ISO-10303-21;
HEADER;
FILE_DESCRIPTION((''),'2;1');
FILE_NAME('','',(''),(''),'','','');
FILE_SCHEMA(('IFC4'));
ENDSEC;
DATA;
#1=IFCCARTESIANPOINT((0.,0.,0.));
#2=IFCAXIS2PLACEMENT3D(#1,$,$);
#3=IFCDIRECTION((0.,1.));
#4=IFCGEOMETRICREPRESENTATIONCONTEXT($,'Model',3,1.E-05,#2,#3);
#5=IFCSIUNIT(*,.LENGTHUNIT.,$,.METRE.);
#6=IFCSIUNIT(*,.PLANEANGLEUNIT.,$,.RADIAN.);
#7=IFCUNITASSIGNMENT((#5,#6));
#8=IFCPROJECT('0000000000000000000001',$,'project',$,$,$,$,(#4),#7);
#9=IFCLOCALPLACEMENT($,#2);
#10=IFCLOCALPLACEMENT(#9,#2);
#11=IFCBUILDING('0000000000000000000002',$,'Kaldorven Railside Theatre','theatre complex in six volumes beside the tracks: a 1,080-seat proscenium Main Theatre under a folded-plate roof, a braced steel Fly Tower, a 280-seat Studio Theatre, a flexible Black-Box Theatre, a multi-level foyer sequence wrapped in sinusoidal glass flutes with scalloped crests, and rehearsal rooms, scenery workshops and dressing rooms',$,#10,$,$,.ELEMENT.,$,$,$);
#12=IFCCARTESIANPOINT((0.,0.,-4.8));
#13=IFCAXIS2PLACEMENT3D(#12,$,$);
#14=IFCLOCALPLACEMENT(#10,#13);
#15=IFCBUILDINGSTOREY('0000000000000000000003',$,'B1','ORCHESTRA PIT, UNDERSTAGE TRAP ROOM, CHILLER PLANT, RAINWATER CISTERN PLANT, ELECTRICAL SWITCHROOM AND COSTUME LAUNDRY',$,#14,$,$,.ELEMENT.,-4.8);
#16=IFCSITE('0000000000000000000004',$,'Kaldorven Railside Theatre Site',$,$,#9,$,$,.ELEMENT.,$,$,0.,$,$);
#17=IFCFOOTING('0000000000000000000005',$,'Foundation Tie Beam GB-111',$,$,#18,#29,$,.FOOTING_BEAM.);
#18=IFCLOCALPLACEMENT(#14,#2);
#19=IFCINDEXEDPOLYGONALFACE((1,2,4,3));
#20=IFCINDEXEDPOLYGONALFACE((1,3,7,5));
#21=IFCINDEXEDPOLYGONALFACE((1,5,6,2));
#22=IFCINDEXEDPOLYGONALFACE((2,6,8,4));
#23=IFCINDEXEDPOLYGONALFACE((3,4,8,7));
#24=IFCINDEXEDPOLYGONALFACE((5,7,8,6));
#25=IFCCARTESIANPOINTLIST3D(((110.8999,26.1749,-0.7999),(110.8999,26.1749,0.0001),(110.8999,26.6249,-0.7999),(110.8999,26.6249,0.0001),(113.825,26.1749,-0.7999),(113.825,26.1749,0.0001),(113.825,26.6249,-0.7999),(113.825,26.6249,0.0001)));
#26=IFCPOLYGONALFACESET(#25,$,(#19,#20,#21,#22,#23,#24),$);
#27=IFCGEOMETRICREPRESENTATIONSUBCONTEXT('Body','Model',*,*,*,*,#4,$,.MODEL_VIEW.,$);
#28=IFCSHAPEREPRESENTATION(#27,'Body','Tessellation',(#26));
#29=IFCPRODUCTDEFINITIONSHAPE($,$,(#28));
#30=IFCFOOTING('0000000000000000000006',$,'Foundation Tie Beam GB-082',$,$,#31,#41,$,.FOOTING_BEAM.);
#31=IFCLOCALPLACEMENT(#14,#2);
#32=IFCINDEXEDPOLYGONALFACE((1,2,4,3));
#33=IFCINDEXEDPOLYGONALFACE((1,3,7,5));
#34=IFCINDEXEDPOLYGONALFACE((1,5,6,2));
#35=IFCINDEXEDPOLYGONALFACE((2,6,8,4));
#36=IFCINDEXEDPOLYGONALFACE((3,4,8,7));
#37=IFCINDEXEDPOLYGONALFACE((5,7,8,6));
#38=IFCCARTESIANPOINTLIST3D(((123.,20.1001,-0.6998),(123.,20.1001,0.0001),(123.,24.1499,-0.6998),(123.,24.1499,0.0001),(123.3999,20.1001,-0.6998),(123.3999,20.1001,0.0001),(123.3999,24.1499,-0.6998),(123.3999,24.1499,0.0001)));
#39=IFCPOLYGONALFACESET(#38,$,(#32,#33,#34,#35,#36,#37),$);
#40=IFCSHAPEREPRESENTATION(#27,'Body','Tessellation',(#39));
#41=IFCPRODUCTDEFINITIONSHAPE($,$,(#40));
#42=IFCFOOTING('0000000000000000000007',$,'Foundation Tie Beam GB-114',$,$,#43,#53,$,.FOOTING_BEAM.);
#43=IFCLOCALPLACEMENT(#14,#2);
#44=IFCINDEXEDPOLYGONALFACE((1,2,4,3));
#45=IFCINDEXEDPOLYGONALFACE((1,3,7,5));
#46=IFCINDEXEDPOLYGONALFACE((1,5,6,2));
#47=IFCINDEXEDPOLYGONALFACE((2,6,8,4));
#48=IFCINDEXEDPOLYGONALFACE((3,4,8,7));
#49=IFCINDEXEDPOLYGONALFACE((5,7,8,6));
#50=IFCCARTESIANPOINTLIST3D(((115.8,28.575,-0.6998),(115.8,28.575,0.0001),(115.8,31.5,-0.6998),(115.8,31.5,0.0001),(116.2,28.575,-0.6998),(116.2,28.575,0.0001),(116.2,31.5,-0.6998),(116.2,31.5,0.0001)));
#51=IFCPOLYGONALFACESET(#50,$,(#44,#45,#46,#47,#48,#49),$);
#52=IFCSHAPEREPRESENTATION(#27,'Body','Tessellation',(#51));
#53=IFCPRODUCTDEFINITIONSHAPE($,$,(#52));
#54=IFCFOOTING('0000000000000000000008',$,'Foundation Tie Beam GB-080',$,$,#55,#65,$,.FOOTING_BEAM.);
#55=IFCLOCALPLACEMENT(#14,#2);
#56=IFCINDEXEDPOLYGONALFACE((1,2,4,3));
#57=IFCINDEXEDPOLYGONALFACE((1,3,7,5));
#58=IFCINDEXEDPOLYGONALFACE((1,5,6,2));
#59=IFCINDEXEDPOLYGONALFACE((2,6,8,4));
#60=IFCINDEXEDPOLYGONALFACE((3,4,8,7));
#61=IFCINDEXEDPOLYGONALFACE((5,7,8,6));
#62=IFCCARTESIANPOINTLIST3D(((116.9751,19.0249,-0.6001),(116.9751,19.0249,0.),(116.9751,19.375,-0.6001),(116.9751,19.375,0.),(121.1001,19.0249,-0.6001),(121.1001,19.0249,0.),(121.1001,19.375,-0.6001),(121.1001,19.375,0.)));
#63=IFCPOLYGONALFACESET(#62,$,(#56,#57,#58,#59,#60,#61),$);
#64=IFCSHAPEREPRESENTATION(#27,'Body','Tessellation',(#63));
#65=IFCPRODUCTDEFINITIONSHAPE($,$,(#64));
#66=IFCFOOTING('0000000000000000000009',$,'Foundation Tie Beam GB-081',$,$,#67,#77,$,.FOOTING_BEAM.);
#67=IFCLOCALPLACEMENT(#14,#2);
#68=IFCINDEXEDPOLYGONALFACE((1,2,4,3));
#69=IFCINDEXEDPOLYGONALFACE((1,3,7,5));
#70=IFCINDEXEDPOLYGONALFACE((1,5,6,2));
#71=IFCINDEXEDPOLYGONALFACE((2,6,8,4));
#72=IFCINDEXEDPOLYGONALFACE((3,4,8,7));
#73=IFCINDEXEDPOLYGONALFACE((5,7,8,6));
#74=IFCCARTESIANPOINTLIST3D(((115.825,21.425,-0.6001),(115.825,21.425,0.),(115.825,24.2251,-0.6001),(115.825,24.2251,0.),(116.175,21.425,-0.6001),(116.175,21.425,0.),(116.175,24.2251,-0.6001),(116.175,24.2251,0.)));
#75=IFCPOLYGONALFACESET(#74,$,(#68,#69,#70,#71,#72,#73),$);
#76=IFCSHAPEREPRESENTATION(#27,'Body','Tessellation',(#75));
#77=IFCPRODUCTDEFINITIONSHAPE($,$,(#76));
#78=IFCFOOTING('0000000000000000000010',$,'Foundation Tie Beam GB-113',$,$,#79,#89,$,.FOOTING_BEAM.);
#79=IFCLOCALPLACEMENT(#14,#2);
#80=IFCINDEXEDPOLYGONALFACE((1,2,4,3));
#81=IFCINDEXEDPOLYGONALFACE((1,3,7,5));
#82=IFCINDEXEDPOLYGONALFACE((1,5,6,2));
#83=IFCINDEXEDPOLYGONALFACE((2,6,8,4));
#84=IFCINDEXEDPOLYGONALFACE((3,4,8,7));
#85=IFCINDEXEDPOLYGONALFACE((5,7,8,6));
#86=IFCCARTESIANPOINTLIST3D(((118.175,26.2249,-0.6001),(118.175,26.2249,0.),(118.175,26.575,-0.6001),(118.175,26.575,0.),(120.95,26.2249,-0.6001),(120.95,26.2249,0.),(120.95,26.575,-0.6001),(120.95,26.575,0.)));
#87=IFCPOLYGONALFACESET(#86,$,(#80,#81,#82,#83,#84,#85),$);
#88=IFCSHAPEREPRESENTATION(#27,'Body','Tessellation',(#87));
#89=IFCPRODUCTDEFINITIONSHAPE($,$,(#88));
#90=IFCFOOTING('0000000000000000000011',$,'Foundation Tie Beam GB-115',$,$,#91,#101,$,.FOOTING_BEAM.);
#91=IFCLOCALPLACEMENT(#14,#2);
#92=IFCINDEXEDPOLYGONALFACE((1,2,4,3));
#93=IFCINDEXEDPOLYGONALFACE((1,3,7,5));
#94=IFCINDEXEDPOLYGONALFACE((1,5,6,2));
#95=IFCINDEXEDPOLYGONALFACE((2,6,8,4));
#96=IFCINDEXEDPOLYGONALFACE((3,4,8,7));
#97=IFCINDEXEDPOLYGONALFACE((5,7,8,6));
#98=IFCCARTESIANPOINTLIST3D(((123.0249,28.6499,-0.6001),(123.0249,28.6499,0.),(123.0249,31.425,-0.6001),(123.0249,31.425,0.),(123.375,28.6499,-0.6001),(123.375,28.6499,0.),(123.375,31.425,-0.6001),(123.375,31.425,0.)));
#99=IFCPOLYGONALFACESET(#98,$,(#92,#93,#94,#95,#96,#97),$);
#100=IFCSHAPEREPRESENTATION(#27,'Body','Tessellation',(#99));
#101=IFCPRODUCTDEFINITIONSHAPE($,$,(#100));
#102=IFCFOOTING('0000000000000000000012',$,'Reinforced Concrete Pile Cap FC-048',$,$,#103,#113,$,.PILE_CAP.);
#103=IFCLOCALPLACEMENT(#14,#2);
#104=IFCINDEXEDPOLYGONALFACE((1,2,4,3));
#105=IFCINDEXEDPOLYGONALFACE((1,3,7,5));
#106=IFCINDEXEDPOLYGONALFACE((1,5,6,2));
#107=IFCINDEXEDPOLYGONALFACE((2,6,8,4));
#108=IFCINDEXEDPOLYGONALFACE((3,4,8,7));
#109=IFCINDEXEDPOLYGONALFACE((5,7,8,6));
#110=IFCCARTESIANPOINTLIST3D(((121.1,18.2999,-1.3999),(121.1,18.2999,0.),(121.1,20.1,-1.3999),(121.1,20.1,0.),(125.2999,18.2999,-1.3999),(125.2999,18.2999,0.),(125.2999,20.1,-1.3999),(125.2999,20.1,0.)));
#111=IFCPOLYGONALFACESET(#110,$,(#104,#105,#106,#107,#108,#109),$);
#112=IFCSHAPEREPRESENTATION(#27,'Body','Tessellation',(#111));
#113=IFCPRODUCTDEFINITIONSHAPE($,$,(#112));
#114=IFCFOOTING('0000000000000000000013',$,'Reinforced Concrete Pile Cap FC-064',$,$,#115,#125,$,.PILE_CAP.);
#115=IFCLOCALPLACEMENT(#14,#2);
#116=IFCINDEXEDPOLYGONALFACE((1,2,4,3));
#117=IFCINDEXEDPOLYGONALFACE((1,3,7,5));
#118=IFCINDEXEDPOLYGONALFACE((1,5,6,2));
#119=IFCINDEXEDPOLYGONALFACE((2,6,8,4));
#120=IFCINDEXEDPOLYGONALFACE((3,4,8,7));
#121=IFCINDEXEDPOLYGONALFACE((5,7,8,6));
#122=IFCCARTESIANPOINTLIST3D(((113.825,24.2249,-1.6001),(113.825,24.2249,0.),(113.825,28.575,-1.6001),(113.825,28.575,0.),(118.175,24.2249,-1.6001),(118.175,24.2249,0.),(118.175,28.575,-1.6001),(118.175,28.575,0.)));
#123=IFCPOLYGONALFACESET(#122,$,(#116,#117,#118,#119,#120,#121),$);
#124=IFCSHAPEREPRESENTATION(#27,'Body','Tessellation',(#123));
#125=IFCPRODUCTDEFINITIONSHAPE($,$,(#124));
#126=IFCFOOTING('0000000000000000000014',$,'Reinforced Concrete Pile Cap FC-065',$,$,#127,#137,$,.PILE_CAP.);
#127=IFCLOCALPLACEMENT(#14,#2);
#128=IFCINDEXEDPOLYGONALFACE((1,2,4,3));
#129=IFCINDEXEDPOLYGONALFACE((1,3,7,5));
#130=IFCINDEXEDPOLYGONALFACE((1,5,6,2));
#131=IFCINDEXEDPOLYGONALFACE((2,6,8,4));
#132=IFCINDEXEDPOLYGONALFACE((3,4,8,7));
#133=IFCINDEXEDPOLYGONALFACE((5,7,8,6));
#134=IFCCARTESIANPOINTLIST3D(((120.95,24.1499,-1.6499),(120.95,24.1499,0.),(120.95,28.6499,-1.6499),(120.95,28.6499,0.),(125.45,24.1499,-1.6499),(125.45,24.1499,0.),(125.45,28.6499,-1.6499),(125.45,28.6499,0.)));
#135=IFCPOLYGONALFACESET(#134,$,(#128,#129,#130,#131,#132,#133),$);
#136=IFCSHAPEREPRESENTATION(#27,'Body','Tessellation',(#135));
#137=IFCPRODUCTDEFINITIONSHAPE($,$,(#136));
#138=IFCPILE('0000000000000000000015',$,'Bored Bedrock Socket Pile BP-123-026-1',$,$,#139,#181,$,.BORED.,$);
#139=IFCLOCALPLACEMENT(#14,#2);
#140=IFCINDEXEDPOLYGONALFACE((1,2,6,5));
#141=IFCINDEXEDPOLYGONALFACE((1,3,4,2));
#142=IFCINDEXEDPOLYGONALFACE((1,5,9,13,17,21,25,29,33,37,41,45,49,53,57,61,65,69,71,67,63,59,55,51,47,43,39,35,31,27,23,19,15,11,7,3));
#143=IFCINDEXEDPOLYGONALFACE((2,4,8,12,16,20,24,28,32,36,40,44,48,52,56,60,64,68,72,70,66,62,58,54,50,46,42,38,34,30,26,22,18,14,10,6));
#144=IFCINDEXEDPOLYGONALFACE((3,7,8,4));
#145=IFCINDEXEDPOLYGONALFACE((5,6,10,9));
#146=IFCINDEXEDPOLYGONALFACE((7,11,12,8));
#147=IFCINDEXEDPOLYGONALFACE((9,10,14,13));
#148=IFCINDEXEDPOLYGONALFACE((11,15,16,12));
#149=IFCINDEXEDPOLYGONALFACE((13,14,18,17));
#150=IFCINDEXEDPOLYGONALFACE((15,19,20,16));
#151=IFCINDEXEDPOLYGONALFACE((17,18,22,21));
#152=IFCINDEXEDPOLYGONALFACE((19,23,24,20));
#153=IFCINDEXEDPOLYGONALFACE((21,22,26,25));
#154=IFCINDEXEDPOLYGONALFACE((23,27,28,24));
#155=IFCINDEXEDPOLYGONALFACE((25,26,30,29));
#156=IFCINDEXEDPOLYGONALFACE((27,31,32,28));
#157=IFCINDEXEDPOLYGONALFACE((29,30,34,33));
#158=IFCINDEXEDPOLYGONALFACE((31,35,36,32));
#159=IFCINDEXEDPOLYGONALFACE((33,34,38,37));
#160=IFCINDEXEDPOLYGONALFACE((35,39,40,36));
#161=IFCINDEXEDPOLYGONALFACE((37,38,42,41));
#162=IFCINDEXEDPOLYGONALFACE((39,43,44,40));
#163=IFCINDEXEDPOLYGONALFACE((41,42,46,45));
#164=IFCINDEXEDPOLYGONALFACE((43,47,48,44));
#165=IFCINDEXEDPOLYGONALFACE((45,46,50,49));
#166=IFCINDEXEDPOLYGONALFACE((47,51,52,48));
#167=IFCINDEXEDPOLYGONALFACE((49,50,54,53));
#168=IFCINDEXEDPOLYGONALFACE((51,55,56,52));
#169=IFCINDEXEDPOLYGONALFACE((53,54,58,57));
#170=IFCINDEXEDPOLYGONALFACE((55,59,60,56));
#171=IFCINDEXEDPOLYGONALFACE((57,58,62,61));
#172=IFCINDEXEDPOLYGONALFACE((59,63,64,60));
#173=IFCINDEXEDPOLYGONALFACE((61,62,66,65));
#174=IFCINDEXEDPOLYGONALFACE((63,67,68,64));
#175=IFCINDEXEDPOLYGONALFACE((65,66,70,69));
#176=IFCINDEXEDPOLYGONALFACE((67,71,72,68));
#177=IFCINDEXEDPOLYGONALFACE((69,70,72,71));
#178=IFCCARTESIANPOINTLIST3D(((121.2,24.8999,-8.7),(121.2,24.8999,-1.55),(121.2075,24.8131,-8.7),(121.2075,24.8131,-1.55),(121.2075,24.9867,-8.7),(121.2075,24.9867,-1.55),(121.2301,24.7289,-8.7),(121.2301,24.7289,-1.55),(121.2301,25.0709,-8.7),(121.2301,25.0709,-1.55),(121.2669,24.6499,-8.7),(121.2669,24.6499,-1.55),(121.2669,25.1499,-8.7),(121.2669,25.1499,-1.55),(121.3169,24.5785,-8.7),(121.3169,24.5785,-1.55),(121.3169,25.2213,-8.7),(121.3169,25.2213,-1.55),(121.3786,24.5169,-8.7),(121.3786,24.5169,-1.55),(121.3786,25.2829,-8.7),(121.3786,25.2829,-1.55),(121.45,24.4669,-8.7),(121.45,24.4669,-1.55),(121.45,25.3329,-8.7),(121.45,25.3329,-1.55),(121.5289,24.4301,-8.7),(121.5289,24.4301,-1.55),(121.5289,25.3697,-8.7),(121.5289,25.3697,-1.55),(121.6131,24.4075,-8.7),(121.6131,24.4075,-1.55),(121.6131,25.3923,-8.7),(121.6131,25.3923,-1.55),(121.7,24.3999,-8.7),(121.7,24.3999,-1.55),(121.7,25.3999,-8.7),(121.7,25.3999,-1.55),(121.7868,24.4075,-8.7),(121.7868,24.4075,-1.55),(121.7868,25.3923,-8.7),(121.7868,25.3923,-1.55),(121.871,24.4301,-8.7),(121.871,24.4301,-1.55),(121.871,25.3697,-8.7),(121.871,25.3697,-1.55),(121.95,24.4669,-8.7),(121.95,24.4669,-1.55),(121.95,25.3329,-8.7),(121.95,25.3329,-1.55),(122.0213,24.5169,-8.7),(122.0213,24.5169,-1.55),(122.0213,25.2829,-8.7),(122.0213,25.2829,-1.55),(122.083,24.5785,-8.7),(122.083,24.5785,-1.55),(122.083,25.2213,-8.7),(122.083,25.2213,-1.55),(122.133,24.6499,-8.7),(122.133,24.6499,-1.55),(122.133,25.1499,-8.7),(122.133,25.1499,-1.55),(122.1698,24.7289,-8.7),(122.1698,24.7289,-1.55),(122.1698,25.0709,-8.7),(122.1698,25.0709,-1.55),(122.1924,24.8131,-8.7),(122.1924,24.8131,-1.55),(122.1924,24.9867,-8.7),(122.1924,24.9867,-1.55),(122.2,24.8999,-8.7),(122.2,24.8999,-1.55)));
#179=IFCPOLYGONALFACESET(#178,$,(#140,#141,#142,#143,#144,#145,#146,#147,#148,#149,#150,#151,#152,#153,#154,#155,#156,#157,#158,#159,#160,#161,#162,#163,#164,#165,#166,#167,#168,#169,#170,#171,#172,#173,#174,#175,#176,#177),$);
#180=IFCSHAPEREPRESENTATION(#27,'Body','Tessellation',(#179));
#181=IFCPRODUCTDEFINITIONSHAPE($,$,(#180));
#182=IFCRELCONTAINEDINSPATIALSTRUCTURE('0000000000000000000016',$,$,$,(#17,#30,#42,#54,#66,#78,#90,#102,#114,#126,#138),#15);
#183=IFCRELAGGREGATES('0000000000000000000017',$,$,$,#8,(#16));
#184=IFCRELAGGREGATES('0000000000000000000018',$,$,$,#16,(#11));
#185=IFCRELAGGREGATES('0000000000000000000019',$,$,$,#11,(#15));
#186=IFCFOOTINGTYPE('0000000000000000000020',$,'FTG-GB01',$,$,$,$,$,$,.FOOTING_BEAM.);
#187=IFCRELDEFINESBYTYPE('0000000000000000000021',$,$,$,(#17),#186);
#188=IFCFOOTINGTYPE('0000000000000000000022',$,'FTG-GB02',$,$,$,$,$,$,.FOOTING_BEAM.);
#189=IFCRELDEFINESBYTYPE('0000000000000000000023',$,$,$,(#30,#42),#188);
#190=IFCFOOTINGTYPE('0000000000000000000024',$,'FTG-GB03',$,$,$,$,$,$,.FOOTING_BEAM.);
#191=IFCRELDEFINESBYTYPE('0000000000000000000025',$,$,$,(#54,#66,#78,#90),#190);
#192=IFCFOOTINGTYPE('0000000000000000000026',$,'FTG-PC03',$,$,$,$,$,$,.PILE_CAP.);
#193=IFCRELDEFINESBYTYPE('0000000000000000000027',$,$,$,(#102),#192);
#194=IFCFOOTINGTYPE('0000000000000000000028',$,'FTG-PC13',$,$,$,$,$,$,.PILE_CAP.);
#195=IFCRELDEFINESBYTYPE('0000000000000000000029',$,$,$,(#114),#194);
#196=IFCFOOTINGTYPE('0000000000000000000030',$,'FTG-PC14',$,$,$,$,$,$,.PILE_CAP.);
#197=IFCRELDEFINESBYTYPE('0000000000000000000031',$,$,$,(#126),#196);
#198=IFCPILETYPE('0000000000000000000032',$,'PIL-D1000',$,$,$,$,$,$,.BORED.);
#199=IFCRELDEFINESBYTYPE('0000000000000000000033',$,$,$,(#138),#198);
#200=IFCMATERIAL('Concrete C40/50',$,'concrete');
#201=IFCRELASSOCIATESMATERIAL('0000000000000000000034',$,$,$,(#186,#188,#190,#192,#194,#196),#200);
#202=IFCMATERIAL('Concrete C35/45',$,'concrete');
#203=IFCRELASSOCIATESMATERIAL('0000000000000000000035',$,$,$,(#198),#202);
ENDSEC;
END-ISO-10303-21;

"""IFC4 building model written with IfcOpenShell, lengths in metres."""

from ifc_helpers import new_model, si_unit, direction, frame, origin, origin_2d, place, context, subcontext, project, spatial, rectangle, circle, extrude, material, material_profile, profile_set, type_object, element, save


model = new_model("IFC4")

# Units and contexts
model_context = context("Model", 3, precision=1e-05, world=origin(), true_north=direction((0.0, 1.0)))
body_context = subcontext(model_context, "Body", "Model", "MODEL_VIEW")
ifc_project = project(units=[si_unit("LENGTHUNIT", "METRE"), si_unit("PLANEANGLEUNIT", "RADIAN")], contexts=[model_context])

# Site, building, storey
site_placement = place(None, origin())
site = spatial("IfcSite", under=ifc_project, at=site_placement, Name="Kaldorven Railside Theatre Site", CompositionType="ELEMENT", RefElevation=0.0)
building_placement = place(site_placement, origin())
building = spatial("IfcBuilding", under=site, at=building_placement, Name="Kaldorven Railside Theatre", Description="theatre complex in six volumes beside the tracks: a 1,080-seat proscenium Main Theatre under a folded-plate roof, a braced steel Fly Tower, a 280-seat Studio Theatre, a flexible Black-Box Theatre, a multi-level foyer sequence wrapped in sinusoidal glass flutes with scalloped crests, and rehearsal rooms, scenery workshops and dressing rooms", CompositionType="ELEMENT")
storey_placement = place(building_placement, frame((0.0, 0.0, -4.8)))
storey = spatial("IfcBuildingStorey", under=building, at=storey_placement, Name="B1", Description="ORCHESTRA PIT, UNDERSTAGE TRAP ROOM, CHILLER PLANT, RAINWATER CISTERN PLANT, ELECTRICAL SWITCHROOM AND COSTUME LAUNDRY", CompositionType="ELEMENT", Elevation=-4.8)

# Footings
ifc_material_1 = material(Name="Concrete C40/50", Category="concrete")
ifc_material_profile_1 = material_profile(ifc_material_1, rectangle(XDim=0.45, YDim=0.8, at=origin_2d()), Name="RC 450x800")
ifc_profile_set_1 = profile_set([ifc_material_profile_1], Name="Concrete C40/50")
footing_type_1 = type_object("IfcFootingType", Name="FTG-GB01", PredefinedType="FOOTING_BEAM", material=ifc_profile_set_1)
footing_1_placement = place(storey_placement, frame((110.8999, 26.3999, -0.3999), z_axis=(1.0, 0.0, 0.0), x_axis=(0.0, 1.0, 0.0)))
element("IfcFooting", 1, at=footing_1_placement, inside=storey, type_object=footing_type_1, Name="Foundation Tie Beam GB-111", PredefinedType="FOOTING_BEAM", context=body_context, shape_type="SweptSolid", body=[
    extrude(rectangle(XDim=0.45, YDim=0.8, at=origin_2d()), origin(), (0.0, 0.0, 1.0), 2.925),
])
ifc_material_profile_2 = material_profile(ifc_material_1, rectangle(XDim=0.3999, YDim=0.7, at=origin_2d()), Name="RC 400x700")
ifc_profile_set_2 = profile_set([ifc_material_profile_2], Name="Concrete C40/50")
footing_type_2 = type_object("IfcFootingType", Name="FTG-GB02", PredefinedType="FOOTING_BEAM", material=ifc_profile_set_2)
footing_2_placement = place(storey_placement, frame((123.2, 20.1001, -0.3499), z_axis=(0.0, 1.0, 0.0), x_axis=(-1.0, 0.0, 0.0)))
element("IfcFooting", 2, at=footing_2_placement, inside=storey, type_object=footing_type_2, Name="Foundation Tie Beam GB-082", PredefinedType="FOOTING_BEAM", context=body_context, shape_type="SweptSolid", body=[
    extrude(rectangle(XDim=0.3999, YDim=0.7, at=origin_2d()), origin(), (0.0, 0.0, 1.0), 4.0498),
])
footing_3_placement = place(storey_placement, frame((116.0, 28.575, -0.3499), z_axis=(0.0, 1.0, 0.0), x_axis=(-1.0, 0.0, 0.0)))
element("IfcFooting", 3, at=footing_3_placement, inside=storey, type_object=footing_type_2, Name="Foundation Tie Beam GB-114", PredefinedType="FOOTING_BEAM", context=body_context, shape_type="SweptSolid", body=[
    extrude(rectangle(XDim=0.3999, YDim=0.7, at=origin_2d()), origin(), (0.0, 0.0, 1.0), 2.925),
])
ifc_material_profile_3 = material_profile(ifc_material_1, rectangle(XDim=0.3501, YDim=0.6001, at=origin_2d()), Name="RC 350x600")
ifc_profile_set_3 = profile_set([ifc_material_profile_3], Name="Concrete C40/50")
footing_type_3 = type_object("IfcFootingType", Name="FTG-GB03", PredefinedType="FOOTING_BEAM", material=ifc_profile_set_3)
footing_4_placement = place(storey_placement, frame((116.9751, 19.2, -0.3), z_axis=(1.0, 0.0, 0.0), x_axis=(0.0, 1.0, 0.0)))
element("IfcFooting", 4, at=footing_4_placement, inside=storey, type_object=footing_type_3, Name="Foundation Tie Beam GB-080", PredefinedType="FOOTING_BEAM", context=body_context, shape_type="SweptSolid", body=[
    extrude(rectangle(XDim=0.3501, YDim=0.6001, at=origin_2d()), origin(), (0.0, 0.0, 1.0), 4.125),
])
footing_5_placement = place(storey_placement, frame((116.0, 21.425, -0.3), z_axis=(0.0, 1.0, 0.0), x_axis=(-1.0, 0.0, 0.0)))
element("IfcFooting", 5, at=footing_5_placement, inside=storey, type_object=footing_type_3, Name="Foundation Tie Beam GB-081", PredefinedType="FOOTING_BEAM", context=body_context, shape_type="SweptSolid", body=[
    extrude(rectangle(XDim=0.3501, YDim=0.6001, at=origin_2d()), origin(), (0.0, 0.0, 1.0), 2.8),
])
footing_6_placement = place(storey_placement, frame((118.175, 26.3999, -0.3), z_axis=(1.0, 0.0, 0.0), x_axis=(0.0, 1.0, 0.0)))
element("IfcFooting", 6, at=footing_6_placement, inside=storey, type_object=footing_type_3, Name="Foundation Tie Beam GB-113", PredefinedType="FOOTING_BEAM", context=body_context, shape_type="SweptSolid", body=[
    extrude(rectangle(XDim=0.3501, YDim=0.6001, at=origin_2d()), origin(), (0.0, 0.0, 1.0), 2.7749),
])
footing_7_placement = place(storey_placement, frame((123.2, 28.6499, -0.3), z_axis=(0.0, 1.0, 0.0), x_axis=(-1.0, 0.0, 0.0)))
element("IfcFooting", 7, at=footing_7_placement, inside=storey, type_object=footing_type_3, Name="Foundation Tie Beam GB-115", PredefinedType="FOOTING_BEAM", context=body_context, shape_type="SweptSolid", body=[
    extrude(rectangle(XDim=0.3501, YDim=0.6001, at=origin_2d()), origin(), (0.0, 0.0, 1.0), 2.7751),
])
footing_type_4 = type_object("IfcFootingType", Name="FTG-PC03", PredefinedType="PILE_CAP", material=ifc_material_1)
footing_8_placement = place(storey_placement, frame((123.2, 19.2, -1.3999), z_axis=(0.0, 0.0, 1.0), x_axis=(1.0, 0.0, 0.0)))
element("IfcFooting", 8, at=footing_8_placement, inside=storey, type_object=footing_type_4, Name="Reinforced Concrete Pile Cap FC-048", PredefinedType="PILE_CAP", context=body_context, shape_type="SweptSolid", body=[
    extrude(rectangle(XDim=4.2, YDim=1.8, at=origin_2d()), origin(), (0.0, 0.0, 1.0), 1.3999),
])
footing_type_5 = type_object("IfcFootingType", Name="FTG-PC13", PredefinedType="PILE_CAP", material=ifc_material_1)
footing_9_placement = place(storey_placement, frame((116.0, 26.3999, -1.6001), z_axis=(0.0, 0.0, 1.0), x_axis=(1.0, 0.0, 0.0)))
element("IfcFooting", 9, at=footing_9_placement, inside=storey, type_object=footing_type_5, Name="Reinforced Concrete Pile Cap FC-064", PredefinedType="PILE_CAP", context=body_context, shape_type="SweptSolid", body=[
    extrude(rectangle(XDim=4.3501, YDim=4.3501, at=origin_2d()), origin(), (0.0, 0.0, 1.0), 1.6001),
])
footing_type_6 = type_object("IfcFootingType", Name="FTG-PC14", PredefinedType="PILE_CAP", material=ifc_material_1)
footing_10_placement = place(storey_placement, frame((123.2, 26.3999, -1.6499), z_axis=(0.0, 0.0, 1.0), x_axis=(1.0, 0.0, 0.0)))
element("IfcFooting", 10, at=footing_10_placement, inside=storey, type_object=footing_type_6, Name="Reinforced Concrete Pile Cap FC-065", PredefinedType="PILE_CAP", context=body_context, shape_type="SweptSolid", body=[
    extrude(rectangle(XDim=4.5, YDim=4.5, at=origin_2d()), origin(), (0.0, 0.0, 1.0), 1.6499),
])

# Pile
ifc_material_2 = material(Name="Concrete C35/45", Category="concrete")
ifc_material_profile_4 = material_profile(ifc_material_2, circle(Radius=0.5, at=origin_2d()), Name="BP D1000")
ifc_profile_set_4 = profile_set([ifc_material_profile_4], Name="Concrete C35/45")
pile_type_1 = type_object("IfcPileType", Name="PIL-D1000", PredefinedType="BORED", material=ifc_profile_set_4)
for number, where, z_axis, x_axis, name in (
    (11, (121.7, 24.8999, -1.55), (0.0, 0.0, -1.0), (1.0, 0.0, 0.0), "Bored Bedrock Socket Pile BP-123-026-1"),
):
    element("IfcPile", number, at=place(storey_placement, frame(where, z_axis=z_axis, x_axis=x_axis)), inside=storey, type_object=pile_type_1, Name=name, PredefinedType="BORED", context=body_context, shape_type="SweptSolid", body=[
        extrude(circle(Radius=0.5, at=origin_2d()), origin(), (0.0, 0.0, 1.0), 7.1499),
    ])

save(model, "model.ifc")
